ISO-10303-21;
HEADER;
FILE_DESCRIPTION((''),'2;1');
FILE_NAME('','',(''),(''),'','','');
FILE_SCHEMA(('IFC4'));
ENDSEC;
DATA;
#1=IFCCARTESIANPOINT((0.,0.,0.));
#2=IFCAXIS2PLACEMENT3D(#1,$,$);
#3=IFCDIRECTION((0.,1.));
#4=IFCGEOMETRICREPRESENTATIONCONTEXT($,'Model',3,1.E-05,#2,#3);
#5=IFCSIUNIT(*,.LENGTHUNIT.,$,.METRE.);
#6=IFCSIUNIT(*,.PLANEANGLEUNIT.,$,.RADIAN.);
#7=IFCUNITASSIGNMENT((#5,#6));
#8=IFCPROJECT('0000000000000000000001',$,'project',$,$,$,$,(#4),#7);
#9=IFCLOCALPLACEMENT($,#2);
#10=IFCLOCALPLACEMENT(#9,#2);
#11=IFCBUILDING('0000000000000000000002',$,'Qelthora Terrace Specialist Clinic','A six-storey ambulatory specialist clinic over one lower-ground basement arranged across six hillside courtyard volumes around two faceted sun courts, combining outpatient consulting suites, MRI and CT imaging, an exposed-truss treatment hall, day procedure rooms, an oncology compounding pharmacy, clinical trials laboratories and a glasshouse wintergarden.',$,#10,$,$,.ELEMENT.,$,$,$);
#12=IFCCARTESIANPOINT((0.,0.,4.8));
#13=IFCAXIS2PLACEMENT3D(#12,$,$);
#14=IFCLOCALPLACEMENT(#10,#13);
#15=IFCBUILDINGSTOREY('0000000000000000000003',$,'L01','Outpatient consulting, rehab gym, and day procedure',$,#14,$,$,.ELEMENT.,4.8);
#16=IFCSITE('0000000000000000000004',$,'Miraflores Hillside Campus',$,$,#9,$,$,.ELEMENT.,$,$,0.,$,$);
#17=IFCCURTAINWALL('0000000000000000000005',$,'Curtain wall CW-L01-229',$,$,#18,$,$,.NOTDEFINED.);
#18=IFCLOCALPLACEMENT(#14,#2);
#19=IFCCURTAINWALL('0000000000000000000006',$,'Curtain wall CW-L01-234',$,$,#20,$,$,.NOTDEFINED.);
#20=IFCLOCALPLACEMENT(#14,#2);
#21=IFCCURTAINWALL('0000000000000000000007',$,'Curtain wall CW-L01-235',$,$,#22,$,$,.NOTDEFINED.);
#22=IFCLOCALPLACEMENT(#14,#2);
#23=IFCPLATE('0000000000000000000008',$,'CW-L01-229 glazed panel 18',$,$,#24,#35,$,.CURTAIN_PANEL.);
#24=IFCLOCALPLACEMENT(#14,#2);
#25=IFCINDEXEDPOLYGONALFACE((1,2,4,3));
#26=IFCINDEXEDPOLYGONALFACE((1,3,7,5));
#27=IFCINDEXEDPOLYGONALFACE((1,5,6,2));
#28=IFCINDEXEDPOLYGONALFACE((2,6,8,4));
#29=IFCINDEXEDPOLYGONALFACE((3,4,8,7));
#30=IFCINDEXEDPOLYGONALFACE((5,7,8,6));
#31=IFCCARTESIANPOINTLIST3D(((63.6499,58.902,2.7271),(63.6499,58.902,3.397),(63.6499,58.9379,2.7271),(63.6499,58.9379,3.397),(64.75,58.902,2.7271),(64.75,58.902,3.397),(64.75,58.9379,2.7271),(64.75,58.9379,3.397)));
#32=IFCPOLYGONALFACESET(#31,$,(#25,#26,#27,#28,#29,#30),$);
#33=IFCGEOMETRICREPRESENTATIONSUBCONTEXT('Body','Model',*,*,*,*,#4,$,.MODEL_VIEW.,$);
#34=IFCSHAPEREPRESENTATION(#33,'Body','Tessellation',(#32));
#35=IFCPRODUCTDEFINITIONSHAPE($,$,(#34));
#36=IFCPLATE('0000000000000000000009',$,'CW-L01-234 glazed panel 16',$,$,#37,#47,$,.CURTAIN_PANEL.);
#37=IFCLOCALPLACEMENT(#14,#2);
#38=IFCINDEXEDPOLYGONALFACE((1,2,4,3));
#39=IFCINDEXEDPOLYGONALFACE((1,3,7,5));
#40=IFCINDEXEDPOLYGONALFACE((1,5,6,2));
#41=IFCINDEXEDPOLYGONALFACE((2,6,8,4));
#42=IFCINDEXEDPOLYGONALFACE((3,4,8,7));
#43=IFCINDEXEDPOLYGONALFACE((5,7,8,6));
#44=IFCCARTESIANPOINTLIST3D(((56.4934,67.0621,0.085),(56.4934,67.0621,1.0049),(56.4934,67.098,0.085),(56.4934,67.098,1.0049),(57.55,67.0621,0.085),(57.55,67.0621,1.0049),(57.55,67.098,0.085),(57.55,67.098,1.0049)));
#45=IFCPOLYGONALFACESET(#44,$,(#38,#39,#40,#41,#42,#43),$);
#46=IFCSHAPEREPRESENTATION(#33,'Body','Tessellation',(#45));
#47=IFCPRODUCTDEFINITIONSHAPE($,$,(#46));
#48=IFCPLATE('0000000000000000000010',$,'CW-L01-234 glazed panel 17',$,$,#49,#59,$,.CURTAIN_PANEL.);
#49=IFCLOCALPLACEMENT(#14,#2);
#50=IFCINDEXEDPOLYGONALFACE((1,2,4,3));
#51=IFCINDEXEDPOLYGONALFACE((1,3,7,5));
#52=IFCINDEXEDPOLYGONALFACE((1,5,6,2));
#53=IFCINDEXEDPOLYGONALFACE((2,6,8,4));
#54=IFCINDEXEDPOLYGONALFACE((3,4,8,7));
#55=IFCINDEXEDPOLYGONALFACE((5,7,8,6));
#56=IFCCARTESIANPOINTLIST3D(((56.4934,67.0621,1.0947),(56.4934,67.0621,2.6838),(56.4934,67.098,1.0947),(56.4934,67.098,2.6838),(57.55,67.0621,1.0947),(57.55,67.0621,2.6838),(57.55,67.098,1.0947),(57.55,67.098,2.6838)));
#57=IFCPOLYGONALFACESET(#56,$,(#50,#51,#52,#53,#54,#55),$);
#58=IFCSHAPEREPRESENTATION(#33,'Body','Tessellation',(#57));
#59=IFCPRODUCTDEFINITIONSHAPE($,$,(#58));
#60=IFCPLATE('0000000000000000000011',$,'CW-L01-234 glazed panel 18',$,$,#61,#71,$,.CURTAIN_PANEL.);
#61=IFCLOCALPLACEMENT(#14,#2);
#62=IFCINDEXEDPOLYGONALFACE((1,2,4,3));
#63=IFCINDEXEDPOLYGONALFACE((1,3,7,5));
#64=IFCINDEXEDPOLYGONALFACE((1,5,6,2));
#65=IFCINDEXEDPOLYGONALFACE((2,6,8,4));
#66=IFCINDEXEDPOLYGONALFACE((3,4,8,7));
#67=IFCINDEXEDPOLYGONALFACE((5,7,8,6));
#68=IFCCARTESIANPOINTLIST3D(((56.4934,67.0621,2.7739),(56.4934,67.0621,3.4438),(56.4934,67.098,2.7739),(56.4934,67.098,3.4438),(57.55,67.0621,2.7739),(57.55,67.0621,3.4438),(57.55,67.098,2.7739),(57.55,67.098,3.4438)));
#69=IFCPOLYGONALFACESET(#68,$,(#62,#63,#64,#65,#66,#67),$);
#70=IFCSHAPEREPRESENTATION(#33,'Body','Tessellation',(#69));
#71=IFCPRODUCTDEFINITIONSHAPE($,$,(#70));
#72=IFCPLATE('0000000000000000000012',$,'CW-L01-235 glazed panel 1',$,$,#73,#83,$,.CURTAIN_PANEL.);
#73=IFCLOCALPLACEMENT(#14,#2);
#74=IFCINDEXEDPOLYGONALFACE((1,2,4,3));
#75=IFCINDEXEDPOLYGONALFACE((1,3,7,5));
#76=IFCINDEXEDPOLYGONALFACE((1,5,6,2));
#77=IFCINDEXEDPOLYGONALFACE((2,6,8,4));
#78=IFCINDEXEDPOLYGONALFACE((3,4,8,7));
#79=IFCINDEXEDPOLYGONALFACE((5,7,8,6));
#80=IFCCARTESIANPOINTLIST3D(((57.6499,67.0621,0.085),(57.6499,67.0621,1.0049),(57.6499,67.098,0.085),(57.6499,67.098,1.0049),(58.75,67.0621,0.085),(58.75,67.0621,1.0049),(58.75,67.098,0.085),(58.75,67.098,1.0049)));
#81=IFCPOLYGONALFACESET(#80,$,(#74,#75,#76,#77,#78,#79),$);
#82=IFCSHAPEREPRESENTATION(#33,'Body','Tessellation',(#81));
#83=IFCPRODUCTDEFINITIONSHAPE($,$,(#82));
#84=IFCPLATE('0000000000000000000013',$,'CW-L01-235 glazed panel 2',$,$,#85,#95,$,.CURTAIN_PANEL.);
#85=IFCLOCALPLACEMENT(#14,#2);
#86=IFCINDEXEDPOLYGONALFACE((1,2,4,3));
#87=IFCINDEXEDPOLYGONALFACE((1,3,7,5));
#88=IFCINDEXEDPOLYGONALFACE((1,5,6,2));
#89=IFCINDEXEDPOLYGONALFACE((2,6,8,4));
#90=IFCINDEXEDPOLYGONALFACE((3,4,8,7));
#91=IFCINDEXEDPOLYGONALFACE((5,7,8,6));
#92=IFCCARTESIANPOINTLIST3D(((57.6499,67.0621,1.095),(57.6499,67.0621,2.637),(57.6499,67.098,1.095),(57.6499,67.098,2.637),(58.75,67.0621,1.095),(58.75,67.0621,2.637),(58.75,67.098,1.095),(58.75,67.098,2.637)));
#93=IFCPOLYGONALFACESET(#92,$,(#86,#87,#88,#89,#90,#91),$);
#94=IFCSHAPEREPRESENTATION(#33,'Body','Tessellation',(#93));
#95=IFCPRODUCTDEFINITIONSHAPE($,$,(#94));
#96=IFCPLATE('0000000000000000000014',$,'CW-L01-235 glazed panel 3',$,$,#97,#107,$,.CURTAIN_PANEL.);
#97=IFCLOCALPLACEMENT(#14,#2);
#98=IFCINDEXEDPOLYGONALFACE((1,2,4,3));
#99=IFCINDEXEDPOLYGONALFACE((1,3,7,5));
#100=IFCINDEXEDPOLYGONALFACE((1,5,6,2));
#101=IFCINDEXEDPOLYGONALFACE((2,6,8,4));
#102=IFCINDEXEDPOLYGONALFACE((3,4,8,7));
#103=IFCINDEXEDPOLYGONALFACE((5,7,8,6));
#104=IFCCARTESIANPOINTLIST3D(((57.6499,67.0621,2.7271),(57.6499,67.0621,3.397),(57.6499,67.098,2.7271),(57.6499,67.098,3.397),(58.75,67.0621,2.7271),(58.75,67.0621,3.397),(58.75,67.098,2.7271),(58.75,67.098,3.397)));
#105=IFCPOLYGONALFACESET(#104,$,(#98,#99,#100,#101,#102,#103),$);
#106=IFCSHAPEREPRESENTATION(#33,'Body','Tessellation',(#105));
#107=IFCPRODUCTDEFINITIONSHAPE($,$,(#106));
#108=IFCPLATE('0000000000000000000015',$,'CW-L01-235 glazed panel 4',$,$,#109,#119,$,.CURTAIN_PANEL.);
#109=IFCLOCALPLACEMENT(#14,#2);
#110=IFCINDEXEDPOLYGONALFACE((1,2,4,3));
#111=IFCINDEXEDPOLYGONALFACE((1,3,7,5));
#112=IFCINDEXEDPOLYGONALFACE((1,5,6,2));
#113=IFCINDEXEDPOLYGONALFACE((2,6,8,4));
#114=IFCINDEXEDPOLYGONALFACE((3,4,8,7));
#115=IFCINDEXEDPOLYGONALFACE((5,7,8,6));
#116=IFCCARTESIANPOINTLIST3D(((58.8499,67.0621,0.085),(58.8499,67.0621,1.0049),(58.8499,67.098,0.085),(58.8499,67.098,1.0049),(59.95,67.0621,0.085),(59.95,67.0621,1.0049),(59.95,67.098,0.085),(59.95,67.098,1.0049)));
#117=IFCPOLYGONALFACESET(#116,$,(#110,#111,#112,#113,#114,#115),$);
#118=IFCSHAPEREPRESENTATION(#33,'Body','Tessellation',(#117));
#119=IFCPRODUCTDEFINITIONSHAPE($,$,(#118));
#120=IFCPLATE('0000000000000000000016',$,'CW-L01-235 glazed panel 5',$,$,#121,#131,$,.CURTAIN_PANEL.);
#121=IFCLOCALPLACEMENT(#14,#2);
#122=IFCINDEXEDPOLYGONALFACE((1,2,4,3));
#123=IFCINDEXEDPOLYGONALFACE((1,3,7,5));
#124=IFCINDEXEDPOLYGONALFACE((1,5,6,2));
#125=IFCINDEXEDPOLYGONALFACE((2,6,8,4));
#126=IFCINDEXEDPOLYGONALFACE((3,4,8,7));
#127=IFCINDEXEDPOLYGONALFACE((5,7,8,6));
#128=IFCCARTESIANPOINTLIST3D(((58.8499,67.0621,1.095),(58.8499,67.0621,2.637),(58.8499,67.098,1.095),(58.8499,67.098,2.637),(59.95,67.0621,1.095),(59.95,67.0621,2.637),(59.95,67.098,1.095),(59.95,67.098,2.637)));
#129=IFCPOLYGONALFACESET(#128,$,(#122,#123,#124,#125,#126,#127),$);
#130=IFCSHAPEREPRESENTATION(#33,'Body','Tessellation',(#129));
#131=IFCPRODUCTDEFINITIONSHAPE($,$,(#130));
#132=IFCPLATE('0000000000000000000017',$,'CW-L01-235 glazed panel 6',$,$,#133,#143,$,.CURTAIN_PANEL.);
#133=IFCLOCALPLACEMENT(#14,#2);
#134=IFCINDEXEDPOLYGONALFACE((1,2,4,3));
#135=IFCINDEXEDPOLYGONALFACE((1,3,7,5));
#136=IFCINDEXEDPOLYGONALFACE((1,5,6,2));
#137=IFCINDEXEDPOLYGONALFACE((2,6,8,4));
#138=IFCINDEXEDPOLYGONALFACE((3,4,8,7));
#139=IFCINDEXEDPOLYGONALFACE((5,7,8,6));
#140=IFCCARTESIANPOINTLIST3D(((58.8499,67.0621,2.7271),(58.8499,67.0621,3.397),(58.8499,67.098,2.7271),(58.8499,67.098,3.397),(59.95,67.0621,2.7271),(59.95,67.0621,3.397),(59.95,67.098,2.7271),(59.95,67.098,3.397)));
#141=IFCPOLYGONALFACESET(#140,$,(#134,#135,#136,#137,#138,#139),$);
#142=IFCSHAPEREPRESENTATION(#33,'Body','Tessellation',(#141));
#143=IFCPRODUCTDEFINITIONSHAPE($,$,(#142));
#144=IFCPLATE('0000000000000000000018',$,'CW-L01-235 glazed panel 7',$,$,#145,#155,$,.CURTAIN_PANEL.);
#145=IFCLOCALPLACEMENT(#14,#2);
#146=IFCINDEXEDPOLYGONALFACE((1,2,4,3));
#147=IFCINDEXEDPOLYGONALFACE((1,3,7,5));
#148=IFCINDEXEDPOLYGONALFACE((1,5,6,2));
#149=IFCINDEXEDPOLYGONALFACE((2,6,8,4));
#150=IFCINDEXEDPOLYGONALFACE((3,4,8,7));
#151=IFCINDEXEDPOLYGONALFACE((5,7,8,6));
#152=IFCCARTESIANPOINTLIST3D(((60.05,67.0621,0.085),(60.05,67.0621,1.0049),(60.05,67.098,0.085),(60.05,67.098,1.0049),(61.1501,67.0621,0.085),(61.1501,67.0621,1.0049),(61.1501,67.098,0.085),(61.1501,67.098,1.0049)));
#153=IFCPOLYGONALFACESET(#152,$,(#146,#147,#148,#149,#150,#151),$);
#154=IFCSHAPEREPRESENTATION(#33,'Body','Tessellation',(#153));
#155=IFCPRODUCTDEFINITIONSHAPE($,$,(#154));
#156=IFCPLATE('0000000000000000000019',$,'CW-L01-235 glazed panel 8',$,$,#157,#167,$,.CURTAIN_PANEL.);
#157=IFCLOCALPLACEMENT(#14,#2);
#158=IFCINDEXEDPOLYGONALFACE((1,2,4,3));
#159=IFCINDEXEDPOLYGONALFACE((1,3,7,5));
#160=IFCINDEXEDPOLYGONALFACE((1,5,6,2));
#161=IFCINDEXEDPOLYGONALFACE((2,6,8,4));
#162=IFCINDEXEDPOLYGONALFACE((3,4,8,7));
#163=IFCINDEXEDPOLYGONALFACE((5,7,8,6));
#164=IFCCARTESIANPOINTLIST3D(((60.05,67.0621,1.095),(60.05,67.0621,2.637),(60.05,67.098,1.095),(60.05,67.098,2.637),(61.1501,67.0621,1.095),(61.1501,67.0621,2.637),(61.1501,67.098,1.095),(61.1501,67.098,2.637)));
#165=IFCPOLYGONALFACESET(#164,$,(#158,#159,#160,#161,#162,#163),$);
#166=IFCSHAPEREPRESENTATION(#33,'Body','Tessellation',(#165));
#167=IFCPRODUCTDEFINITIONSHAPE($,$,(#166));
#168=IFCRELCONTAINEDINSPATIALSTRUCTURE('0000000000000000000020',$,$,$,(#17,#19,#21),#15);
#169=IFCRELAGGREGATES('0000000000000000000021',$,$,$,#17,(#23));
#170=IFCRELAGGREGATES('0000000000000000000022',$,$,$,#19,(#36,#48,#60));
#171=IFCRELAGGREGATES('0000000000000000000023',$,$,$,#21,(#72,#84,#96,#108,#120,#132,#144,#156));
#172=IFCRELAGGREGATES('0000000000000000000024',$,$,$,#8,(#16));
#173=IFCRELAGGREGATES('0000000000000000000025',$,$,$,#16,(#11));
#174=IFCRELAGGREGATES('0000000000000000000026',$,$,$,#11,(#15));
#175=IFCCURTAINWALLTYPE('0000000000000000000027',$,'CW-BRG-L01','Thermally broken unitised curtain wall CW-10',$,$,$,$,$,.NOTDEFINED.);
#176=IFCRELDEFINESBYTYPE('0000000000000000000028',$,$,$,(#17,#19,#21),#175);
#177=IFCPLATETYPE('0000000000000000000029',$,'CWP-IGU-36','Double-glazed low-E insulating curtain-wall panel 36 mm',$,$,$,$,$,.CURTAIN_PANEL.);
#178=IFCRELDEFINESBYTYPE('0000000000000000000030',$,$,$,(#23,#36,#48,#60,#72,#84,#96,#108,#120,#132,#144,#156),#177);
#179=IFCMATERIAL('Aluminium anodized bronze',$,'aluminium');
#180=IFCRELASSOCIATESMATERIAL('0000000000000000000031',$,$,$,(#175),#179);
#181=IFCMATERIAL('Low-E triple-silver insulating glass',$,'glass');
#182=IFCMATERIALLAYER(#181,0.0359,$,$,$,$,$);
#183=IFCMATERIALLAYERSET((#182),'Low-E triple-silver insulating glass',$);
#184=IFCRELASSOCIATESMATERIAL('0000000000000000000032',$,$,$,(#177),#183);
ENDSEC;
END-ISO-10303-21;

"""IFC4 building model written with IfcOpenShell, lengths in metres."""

from ifc_helpers import new_model, si_unit, direction, frame, origin, origin_2d, place, context, subcontext, project, spatial, rectangle, extrude, material, layer, layer_set, type_object, element, aggregate, save


model = new_model("IFC4")

# Units and contexts
model_context = context("Model", 3, precision=1e-05, world=origin(), true_north=direction((0.0, 1.0)))
body_context = subcontext(model_context, "Body", "Model", "MODEL_VIEW")
ifc_project = project(units=[si_unit("LENGTHUNIT", "METRE"), si_unit("PLANEANGLEUNIT", "RADIAN")], contexts=[model_context])

# Site, building, storey
site_placement = place(None, origin())
site = spatial("IfcSite", under=ifc_project, at=site_placement, Name="Miraflores Hillside Campus", CompositionType="ELEMENT", RefElevation=0.0)
building_placement = place(site_placement, origin())
building = spatial("IfcBuilding", under=site, at=building_placement, Name="Qelthora Terrace Specialist Clinic", Description="A six-storey ambulatory specialist clinic over one lower-ground basement arranged across six hillside courtyard volumes around two faceted sun courts, combining outpatient consulting suites, MRI and CT imaging, an exposed-truss treatment hall, day procedure rooms, an oncology compounding pharmacy, clinical trials laboratories and a glasshouse wintergarden.", CompositionType="ELEMENT")
storey_placement = place(building_placement, frame((0.0, 0.0, 4.8)))
storey = spatial("IfcBuildingStorey", under=building, at=storey_placement, Name="L01", Description="Outpatient consulting, rehab gym, and day procedure", CompositionType="ELEMENT", Elevation=4.8)

# Curtain wall
ifc_material_1 = material(Name="Aluminium anodized bronze", Category="aluminium")
curtain_wall_type = type_object("IfcCurtainWallType", Name="CW-BRG-L01", Description="Thermally broken unitised curtain wall CW-10", PredefinedType="NOTDEFINED", material=ifc_material_1)
curtain_wall_1_placement = place(storey_placement, origin())
curtain_wall_1 = element("IfcCurtainWall", 1, at=curtain_wall_1_placement, inside=storey, type_object=curtain_wall_type, Name="Curtain wall CW-L01-229", PredefinedType="NOTDEFINED")

# Curtain wall
curtain_wall_2_placement = place(storey_placement, origin())
curtain_wall_2 = element("IfcCurtainWall", 2, at=curtain_wall_2_placement, inside=storey, type_object=curtain_wall_type, Name="Curtain wall CW-L01-234", PredefinedType="NOTDEFINED")

# Curtain wall
curtain_wall_3_placement = place(storey_placement, origin())
curtain_wall_3 = element("IfcCurtainWall", 3, at=curtain_wall_3_placement, inside=storey, type_object=curtain_wall_type, Name="Curtain wall CW-L01-235", PredefinedType="NOTDEFINED")

# Plates
ifc_material_2 = material(Name="Low-E triple-silver insulating glass", Category="glass")
ifc_layer = layer(ifc_material_2, 0.0359)
ifc_layer_set = layer_set([ifc_layer], Name="Low-E triple-silver insulating glass")
plate_type = type_object("IfcPlateType", Name="CWP-IGU-36", Description="Double-glazed low-E insulating curtain-wall panel 36 mm", PredefinedType="CURTAIN_PANEL", material=ifc_layer_set)
plate_1_placement = place(storey_placement, frame((64.2, 58.9199, 2.7271), z_axis=(0.0, 0.0, 1.0), x_axis=(1.0, 0.0, 0.0)))
plate_1 = element("IfcPlate", 4, at=plate_1_placement, type_object=plate_type, Name="CW-L01-229 glazed panel 18", PredefinedType="CURTAIN_PANEL", context=body_context, shape_type="SweptSolid", body=[
    extrude(rectangle(XDim=1.1001, YDim=0.0359, at=origin_2d()), origin(), (0.0, 0.0, 1.0), 0.6699),
])
aggregate(curtain_wall_1, [plate_1])
plate_2_placement = place(storey_placement, frame((57.0217, 67.0801, 0.085), z_axis=(0.0, 0.0, 1.0), x_axis=(1.0, 0.0, 0.0)))
plate_2 = element("IfcPlate", 5, at=plate_2_placement, type_object=plate_type, Name="CW-L01-234 glazed panel 16", PredefinedType="CURTAIN_PANEL", context=body_context, shape_type="SweptSolid", body=[
    extrude(rectangle(XDim=1.0566, YDim=0.0359, at=origin_2d()), origin(), (0.0, 0.0, 1.0), 0.9199),
])
plate_3_placement = place(storey_placement, frame((57.0217, 67.0801, 1.0947), z_axis=(0.0, 0.0, 1.0), x_axis=(1.0, 0.0, 0.0)))
plate_3 = element("IfcPlate", 6, at=plate_3_placement, type_object=plate_type, Name="CW-L01-234 glazed panel 17", PredefinedType="CURTAIN_PANEL", context=body_context, shape_type="SweptSolid", body=[
    extrude(rectangle(XDim=1.0566, YDim=0.0359, at=origin_2d()), origin(), (0.0, 0.0, 1.0), 1.5891),
])
plate_4_placement = place(storey_placement, frame((57.0217, 67.0801, 2.7739), z_axis=(0.0, 0.0, 1.0), x_axis=(1.0, 0.0, 0.0)))
plate_4 = element("IfcPlate", 7, at=plate_4_placement, type_object=plate_type, Name="CW-L01-234 glazed panel 18", PredefinedType="CURTAIN_PANEL", context=body_context, shape_type="SweptSolid", body=[
    extrude(rectangle(XDim=1.0566, YDim=0.0359, at=origin_2d()), origin(), (0.0, 0.0, 1.0), 0.6699),
])
aggregate(curtain_wall_2, [plate_2, plate_3, plate_4])
plate_5_placement = place(storey_placement, frame((58.2, 67.0801, 0.085), z_axis=(0.0, 0.0, 1.0), x_axis=(1.0, 0.0, 0.0)))
plate_5 = element("IfcPlate", 8, at=plate_5_placement, type_object=plate_type, Name="CW-L01-235 glazed panel 1", PredefinedType="CURTAIN_PANEL", context=body_context, shape_type="SweptSolid", body=[
    extrude(rectangle(XDim=1.1001, YDim=0.0359, at=origin_2d()), origin(), (0.0, 0.0, 1.0), 0.9199),
])
plate_6_placement = place(storey_placement, frame((58.2, 67.0801, 1.095), z_axis=(0.0, 0.0, 1.0), x_axis=(1.0, 0.0, 0.0)))
plate_6 = element("IfcPlate", 9, at=plate_6_placement, type_object=plate_type, Name="CW-L01-235 glazed panel 2", PredefinedType="CURTAIN_PANEL", context=body_context, shape_type="SweptSolid", body=[
    extrude(rectangle(XDim=1.1001, YDim=0.0359, at=origin_2d()), origin(), (0.0, 0.0, 1.0), 1.542),
])
plate_7_placement = place(storey_placement, frame((58.2, 67.0801, 2.7271), z_axis=(0.0, 0.0, 1.0), x_axis=(1.0, 0.0, 0.0)))
plate_7 = element("IfcPlate", 10, at=plate_7_placement, type_object=plate_type, Name="CW-L01-235 glazed panel 3", PredefinedType="CURTAIN_PANEL", context=body_context, shape_type="SweptSolid", body=[
    extrude(rectangle(XDim=1.1001, YDim=0.0359, at=origin_2d()), origin(), (0.0, 0.0, 1.0), 0.6699),
])
plate_8_placement = place(storey_placement, frame((59.3999, 67.0801, 0.085), z_axis=(0.0, 0.0, 1.0), x_axis=(1.0, 0.0, 0.0)))
plate_8 = element("IfcPlate", 11, at=plate_8_placement, type_object=plate_type, Name="CW-L01-235 glazed panel 4", PredefinedType="CURTAIN_PANEL", context=body_context, shape_type="SweptSolid", body=[
    extrude(rectangle(XDim=1.1001, YDim=0.0359, at=origin_2d()), origin(), (0.0, 0.0, 1.0), 0.9199),
])
plate_9_placement = place(storey_placement, frame((59.3999, 67.0801, 1.095), z_axis=(0.0, 0.0, 1.0), x_axis=(1.0, 0.0, 0.0)))
plate_9 = element("IfcPlate", 12, at=plate_9_placement, type_object=plate_type, Name="CW-L01-235 glazed panel 5", PredefinedType="CURTAIN_PANEL", context=body_context, shape_type="SweptSolid", body=[
    extrude(rectangle(XDim=1.1001, YDim=0.0359, at=origin_2d()), origin(), (0.0, 0.0, 1.0), 1.542),
])
plate_10_placement = place(storey_placement, frame((59.3999, 67.0801, 2.7271), z_axis=(0.0, 0.0, 1.0), x_axis=(1.0, 0.0, 0.0)))
plate_10 = element("IfcPlate", 13, at=plate_10_placement, type_object=plate_type, Name="CW-L01-235 glazed panel 6", PredefinedType="CURTAIN_PANEL", context=body_context, shape_type="SweptSolid", body=[
    extrude(rectangle(XDim=1.1001, YDim=0.0359, at=origin_2d()), origin(), (0.0, 0.0, 1.0), 0.6699),
])
plate_11_placement = place(storey_placement, frame((60.6001, 67.0801, 0.085), z_axis=(0.0, 0.0, 1.0), x_axis=(1.0, 0.0, 0.0)))
plate_11 = element("IfcPlate", 14, at=plate_11_placement, type_object=plate_type, Name="CW-L01-235 glazed panel 7", PredefinedType="CURTAIN_PANEL", context=body_context, shape_type="SweptSolid", body=[
    extrude(rectangle(XDim=1.1001, YDim=0.0359, at=origin_2d()), origin(), (0.0, 0.0, 1.0), 0.9199),
])
plate_12_placement = place(storey_placement, frame((60.6001, 67.0801, 1.095), z_axis=(0.0, 0.0, 1.0), x_axis=(1.0, 0.0, 0.0)))
plate_12 = element("IfcPlate", 15, at=plate_12_placement, type_object=plate_type, Name="CW-L01-235 glazed panel 8", PredefinedType="CURTAIN_PANEL", context=body_context, shape_type="SweptSolid", body=[
    extrude(rectangle(XDim=1.1001, YDim=0.0359, at=origin_2d()), origin(), (0.0, 0.0, 1.0), 1.542),
])
aggregate(curtain_wall_3, [plate_5, plate_6, plate_7, plate_8, plate_9, plate_10, plate_11, plate_12])

save(model, "model.ifc")
